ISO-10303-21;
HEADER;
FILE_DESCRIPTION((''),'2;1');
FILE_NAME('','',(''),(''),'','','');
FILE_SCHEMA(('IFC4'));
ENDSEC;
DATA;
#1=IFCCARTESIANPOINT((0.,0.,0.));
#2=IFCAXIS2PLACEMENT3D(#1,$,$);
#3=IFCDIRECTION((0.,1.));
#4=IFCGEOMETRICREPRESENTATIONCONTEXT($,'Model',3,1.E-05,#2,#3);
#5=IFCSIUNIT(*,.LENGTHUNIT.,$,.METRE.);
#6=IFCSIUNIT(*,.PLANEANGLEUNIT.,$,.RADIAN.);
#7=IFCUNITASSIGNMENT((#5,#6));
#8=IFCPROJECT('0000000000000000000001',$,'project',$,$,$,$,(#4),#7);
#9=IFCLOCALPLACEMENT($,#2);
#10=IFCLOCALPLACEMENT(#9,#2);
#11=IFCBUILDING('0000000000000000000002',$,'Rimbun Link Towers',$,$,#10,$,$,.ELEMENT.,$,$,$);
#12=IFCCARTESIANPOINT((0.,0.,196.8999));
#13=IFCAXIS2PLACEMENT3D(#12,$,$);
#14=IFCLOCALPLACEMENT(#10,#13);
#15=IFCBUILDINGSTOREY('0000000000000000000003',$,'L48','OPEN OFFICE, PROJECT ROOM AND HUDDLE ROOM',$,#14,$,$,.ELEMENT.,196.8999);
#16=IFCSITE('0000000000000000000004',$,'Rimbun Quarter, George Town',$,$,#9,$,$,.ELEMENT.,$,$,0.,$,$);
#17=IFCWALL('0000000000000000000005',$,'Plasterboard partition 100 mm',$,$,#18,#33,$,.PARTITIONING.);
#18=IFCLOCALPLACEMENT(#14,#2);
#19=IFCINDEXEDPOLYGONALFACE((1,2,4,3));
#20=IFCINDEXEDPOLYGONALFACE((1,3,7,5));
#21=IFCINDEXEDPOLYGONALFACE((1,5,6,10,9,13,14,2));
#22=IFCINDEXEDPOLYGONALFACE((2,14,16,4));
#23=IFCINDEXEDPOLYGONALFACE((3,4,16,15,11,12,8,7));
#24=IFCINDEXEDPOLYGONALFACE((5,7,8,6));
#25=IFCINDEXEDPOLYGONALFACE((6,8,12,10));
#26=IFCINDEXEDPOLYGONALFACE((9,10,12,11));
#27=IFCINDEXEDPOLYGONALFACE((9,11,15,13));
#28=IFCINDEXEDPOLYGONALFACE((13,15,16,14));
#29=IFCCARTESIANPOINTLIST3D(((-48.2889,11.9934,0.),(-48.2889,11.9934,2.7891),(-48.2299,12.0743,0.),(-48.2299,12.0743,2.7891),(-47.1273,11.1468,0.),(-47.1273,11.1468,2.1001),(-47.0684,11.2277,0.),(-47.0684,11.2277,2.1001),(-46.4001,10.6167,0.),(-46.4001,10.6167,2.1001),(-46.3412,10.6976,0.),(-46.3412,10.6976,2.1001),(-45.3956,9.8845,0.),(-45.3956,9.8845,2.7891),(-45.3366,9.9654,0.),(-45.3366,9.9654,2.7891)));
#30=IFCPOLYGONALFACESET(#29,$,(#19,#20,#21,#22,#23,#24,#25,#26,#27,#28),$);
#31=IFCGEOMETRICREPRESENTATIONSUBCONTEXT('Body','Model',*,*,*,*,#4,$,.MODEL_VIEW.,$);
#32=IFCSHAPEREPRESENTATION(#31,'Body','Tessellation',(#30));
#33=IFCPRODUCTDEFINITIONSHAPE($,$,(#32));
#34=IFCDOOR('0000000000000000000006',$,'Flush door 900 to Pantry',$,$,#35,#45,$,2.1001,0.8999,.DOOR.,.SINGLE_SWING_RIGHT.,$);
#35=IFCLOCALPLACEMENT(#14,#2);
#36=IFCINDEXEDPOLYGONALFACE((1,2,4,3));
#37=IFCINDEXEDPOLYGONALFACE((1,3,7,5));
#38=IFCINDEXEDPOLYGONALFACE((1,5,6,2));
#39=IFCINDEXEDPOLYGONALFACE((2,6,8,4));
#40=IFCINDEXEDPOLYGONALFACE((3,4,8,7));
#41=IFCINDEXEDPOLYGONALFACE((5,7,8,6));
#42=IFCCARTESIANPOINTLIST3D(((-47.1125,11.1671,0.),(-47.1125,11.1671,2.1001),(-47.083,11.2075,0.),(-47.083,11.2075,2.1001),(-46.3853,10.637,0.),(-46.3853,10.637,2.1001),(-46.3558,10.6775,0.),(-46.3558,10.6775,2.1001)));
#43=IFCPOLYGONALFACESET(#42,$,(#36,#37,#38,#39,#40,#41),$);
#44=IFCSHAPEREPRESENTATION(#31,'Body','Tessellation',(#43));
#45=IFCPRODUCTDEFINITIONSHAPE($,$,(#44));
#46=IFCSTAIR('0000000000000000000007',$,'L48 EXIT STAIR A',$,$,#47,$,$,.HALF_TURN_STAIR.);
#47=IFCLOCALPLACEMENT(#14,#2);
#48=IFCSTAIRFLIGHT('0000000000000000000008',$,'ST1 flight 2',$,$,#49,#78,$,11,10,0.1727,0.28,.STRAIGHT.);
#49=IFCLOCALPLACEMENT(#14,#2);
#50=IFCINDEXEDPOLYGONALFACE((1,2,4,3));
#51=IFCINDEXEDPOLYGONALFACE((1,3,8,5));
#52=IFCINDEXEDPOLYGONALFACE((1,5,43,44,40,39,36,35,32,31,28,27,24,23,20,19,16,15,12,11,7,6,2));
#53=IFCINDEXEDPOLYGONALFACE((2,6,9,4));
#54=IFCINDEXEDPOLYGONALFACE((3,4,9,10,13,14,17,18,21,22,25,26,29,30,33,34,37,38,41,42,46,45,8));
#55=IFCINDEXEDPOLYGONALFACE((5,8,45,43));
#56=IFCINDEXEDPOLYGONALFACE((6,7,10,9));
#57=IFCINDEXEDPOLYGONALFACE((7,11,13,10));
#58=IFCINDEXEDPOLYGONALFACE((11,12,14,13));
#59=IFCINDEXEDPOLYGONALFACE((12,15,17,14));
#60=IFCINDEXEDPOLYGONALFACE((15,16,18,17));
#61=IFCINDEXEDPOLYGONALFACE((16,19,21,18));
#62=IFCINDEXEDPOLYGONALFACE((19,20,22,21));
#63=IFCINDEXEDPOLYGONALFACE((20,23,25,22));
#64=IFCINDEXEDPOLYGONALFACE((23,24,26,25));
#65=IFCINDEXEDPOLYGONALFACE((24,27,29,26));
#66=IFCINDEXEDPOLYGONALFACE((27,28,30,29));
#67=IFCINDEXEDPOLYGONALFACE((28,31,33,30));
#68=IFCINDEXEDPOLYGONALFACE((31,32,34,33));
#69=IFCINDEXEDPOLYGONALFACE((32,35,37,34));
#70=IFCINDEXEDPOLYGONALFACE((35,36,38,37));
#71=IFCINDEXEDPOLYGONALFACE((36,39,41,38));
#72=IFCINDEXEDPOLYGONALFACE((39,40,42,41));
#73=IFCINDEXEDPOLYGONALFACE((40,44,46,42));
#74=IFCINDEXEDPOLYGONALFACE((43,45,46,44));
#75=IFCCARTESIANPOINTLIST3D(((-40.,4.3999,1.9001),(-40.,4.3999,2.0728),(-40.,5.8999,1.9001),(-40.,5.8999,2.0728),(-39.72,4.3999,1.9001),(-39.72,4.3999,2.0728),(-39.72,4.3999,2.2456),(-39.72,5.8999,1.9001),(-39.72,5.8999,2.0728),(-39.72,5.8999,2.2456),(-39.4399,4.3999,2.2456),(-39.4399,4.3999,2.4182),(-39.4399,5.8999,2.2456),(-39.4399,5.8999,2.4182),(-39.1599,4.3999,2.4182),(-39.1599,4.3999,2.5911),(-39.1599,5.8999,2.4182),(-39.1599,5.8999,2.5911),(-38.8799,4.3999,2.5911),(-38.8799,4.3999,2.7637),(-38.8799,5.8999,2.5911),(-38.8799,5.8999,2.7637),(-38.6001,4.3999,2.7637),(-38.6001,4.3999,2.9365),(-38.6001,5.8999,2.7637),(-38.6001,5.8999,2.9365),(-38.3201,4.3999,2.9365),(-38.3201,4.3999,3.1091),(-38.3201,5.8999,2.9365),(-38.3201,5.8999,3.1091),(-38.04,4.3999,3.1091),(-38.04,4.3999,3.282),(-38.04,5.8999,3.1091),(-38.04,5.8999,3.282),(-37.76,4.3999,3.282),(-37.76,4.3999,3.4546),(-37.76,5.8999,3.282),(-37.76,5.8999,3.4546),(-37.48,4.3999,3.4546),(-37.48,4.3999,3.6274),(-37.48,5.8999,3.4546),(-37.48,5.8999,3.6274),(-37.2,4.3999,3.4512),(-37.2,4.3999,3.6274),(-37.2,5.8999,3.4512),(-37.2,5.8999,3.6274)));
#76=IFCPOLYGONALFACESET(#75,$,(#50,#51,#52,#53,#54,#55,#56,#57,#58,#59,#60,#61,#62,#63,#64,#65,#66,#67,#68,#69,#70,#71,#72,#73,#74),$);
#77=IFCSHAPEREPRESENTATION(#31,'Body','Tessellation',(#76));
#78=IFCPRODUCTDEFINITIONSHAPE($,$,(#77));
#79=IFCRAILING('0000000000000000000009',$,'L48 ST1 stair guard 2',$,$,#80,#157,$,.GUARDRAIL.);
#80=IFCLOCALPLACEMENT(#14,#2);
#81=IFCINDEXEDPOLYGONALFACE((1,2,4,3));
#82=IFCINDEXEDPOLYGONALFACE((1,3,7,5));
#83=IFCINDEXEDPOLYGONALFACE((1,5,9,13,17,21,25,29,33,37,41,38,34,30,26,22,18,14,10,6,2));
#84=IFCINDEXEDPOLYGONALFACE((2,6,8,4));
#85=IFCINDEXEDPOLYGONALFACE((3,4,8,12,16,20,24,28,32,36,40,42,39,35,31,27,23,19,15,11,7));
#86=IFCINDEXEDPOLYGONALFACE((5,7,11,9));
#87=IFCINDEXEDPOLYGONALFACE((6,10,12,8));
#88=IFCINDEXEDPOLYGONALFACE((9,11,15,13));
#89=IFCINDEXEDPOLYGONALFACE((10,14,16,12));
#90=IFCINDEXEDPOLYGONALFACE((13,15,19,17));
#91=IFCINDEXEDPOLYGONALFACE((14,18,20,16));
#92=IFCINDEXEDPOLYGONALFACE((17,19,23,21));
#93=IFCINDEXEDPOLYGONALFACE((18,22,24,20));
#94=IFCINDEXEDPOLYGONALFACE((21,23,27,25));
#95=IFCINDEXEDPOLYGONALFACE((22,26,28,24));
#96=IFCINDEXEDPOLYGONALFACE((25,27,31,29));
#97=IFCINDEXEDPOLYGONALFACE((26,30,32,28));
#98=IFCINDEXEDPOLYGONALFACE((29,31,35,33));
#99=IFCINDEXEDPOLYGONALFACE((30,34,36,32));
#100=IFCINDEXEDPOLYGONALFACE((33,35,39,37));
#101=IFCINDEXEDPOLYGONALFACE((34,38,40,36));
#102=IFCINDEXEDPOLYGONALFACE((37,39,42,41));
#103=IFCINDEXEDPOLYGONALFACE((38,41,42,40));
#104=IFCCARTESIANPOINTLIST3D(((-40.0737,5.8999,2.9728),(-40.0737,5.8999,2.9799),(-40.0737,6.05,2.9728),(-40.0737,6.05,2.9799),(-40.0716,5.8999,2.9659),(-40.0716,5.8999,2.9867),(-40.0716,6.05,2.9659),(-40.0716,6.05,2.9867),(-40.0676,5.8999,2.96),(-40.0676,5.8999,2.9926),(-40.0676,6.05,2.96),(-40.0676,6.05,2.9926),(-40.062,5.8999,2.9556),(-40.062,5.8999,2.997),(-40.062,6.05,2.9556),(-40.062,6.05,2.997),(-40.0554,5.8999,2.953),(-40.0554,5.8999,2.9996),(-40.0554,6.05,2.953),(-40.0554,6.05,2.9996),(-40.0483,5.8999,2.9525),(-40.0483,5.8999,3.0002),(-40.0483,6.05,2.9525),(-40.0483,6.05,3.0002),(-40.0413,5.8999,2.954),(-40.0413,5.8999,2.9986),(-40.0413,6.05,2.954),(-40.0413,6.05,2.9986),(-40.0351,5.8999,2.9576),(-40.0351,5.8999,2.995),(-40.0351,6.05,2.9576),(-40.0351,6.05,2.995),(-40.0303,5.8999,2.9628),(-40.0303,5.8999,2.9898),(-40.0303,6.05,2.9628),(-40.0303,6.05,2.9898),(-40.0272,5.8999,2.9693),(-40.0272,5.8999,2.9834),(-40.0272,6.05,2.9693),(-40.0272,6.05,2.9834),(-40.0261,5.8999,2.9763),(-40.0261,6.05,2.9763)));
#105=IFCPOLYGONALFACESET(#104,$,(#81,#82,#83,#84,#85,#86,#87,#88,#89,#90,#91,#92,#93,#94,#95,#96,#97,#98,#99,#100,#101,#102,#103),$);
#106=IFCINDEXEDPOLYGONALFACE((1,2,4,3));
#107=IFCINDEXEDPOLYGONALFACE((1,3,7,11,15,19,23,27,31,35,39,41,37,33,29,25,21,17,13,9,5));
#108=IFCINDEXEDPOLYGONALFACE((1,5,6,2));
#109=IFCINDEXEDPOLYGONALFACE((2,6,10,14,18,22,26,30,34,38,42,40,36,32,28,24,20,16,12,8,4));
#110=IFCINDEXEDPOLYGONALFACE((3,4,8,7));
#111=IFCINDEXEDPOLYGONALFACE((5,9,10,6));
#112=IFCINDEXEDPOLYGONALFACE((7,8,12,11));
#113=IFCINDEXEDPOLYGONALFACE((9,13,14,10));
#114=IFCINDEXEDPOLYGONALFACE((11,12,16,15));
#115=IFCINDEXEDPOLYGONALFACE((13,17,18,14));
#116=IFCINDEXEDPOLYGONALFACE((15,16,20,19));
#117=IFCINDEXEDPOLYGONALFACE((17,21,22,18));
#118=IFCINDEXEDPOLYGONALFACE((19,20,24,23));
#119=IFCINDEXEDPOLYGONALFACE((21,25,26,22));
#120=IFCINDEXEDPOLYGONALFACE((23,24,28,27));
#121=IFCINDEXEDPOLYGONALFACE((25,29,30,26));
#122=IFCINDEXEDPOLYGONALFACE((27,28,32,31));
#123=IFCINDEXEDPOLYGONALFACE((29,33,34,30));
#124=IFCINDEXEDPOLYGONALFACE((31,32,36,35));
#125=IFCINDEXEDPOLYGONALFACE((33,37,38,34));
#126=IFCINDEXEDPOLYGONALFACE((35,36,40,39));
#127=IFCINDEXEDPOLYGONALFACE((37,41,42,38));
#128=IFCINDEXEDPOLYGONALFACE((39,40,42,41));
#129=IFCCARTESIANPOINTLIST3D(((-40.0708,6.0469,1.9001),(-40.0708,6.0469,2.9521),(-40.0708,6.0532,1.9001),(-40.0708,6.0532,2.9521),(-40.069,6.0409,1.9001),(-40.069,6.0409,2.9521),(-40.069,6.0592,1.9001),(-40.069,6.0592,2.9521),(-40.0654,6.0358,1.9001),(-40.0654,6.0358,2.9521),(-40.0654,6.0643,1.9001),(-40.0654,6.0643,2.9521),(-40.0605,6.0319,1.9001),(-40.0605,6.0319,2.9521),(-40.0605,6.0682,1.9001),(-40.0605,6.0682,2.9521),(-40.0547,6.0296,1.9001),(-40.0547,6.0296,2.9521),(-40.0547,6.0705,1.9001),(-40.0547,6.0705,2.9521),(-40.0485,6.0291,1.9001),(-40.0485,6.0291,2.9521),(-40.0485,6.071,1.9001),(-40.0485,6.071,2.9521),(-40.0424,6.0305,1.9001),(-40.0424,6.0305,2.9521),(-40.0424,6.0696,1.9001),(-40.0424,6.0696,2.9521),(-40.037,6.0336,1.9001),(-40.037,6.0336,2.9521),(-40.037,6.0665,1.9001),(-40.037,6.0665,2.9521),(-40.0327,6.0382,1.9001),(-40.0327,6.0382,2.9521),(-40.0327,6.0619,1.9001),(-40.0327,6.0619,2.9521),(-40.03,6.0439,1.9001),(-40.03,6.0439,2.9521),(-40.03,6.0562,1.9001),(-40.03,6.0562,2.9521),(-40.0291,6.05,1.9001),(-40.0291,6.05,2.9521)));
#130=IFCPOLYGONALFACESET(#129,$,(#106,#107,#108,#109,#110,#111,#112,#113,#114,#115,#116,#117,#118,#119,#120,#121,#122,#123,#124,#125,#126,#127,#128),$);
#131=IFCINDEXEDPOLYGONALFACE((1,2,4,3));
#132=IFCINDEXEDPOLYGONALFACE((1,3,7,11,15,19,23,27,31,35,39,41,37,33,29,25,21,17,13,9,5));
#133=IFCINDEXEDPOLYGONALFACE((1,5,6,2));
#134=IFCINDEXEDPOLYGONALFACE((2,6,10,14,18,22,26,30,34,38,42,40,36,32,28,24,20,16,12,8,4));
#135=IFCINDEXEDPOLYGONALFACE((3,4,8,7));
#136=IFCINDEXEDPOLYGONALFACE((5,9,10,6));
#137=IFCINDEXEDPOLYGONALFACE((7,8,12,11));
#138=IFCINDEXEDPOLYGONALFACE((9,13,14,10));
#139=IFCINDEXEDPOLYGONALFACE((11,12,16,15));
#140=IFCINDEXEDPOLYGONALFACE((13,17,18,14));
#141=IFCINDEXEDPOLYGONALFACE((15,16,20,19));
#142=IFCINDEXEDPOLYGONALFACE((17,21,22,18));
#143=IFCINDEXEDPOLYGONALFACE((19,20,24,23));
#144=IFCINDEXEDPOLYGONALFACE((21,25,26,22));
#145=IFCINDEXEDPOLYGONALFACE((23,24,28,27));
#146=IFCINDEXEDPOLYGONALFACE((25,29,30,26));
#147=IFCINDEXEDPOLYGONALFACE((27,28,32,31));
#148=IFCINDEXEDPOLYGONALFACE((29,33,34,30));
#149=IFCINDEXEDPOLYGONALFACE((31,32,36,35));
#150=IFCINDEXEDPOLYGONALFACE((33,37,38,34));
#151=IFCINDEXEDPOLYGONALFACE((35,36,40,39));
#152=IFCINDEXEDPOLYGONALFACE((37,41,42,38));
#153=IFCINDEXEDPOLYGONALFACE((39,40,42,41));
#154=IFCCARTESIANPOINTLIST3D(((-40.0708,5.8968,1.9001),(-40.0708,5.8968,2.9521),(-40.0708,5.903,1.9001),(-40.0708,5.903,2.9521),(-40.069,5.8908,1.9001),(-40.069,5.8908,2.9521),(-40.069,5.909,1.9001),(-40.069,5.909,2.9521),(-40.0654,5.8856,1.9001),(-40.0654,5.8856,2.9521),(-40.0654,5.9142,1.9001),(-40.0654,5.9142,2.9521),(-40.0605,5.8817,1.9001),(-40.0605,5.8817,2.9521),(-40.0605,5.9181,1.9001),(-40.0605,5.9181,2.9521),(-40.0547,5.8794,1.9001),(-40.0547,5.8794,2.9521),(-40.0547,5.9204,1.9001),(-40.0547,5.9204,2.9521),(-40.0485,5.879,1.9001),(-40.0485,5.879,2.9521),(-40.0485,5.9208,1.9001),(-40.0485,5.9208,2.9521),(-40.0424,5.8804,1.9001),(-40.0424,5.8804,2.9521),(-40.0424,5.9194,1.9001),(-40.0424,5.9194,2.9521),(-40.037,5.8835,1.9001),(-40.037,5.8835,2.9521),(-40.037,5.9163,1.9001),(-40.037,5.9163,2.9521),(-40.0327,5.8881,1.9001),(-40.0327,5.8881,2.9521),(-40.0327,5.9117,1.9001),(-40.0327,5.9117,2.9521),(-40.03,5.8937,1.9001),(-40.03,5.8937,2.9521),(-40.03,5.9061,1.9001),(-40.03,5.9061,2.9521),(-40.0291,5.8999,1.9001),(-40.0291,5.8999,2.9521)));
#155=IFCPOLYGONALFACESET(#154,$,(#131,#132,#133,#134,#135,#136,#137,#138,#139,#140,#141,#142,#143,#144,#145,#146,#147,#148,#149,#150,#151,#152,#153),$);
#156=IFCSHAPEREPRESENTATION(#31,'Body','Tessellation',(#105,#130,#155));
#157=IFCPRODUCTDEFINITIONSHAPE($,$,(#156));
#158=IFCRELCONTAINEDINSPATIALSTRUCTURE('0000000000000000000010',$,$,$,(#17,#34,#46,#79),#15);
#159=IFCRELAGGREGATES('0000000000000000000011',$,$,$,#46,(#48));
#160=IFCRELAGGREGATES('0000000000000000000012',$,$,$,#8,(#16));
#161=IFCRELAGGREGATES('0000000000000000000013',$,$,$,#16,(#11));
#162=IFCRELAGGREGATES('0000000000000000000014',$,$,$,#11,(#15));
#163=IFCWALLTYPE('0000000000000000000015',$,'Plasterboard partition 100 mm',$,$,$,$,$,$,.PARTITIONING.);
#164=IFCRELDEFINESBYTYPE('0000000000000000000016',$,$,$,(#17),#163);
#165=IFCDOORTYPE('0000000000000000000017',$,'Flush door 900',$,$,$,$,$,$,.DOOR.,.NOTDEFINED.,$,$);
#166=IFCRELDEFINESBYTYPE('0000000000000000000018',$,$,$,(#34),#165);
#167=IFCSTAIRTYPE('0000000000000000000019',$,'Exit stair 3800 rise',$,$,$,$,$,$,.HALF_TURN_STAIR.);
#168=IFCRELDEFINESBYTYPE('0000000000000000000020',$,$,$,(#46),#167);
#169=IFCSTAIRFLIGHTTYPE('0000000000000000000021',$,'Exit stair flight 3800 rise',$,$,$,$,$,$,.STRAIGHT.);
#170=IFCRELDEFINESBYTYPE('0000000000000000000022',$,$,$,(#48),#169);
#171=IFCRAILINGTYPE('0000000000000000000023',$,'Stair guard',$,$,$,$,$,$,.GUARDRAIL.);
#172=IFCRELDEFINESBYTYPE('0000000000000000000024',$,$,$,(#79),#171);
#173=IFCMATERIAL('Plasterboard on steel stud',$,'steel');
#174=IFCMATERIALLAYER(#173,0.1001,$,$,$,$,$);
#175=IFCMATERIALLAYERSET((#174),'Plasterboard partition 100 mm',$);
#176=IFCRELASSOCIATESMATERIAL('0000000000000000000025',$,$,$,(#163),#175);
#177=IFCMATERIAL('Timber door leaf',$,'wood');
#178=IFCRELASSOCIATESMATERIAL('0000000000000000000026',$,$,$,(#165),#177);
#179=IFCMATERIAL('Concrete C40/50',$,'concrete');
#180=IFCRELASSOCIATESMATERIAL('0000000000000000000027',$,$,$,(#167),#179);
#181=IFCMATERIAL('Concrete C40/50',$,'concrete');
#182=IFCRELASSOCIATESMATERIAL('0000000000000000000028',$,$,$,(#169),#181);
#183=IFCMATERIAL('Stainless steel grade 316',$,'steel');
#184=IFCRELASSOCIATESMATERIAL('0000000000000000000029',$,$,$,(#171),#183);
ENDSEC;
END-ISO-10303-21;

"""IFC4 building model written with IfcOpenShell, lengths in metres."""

from ifc_helpers import new_model, si_unit, direction, frame, frame_2d, origin, origin_2d, place, context, subcontext, project, spatial, polyline, rectangle, circle, outline, extrude, material, layer, layer_set, type_object, element, fill, aggregate, save


model = new_model("IFC4")

# Units and contexts
model_context = context("Model", 3, precision=1e-05, world=origin(), true_north=direction((0.0, 1.0)))
body_context = subcontext(model_context, "Body", "Model", "MODEL_VIEW")
ifc_project = project(units=[si_unit("LENGTHUNIT", "METRE"), si_unit("PLANEANGLEUNIT", "RADIAN")], contexts=[model_context])

# Site, building, storey
site_placement = place(None, origin())
site = spatial("IfcSite", under=ifc_project, at=site_placement, Name="Rimbun Quarter, George Town", CompositionType="ELEMENT", RefElevation=0.0)
building_placement = place(site_placement, origin())
building = spatial("IfcBuilding", under=site, at=building_placement, Name="Rimbun Link Towers", CompositionType="ELEMENT")
storey_placement = place(building_placement, frame((0.0, 0.0, 196.8999)))
storey = spatial("IfcBuildingStorey", under=building, at=storey_placement, Name="L48", Description="OPEN OFFICE, PROJECT ROOM AND HUDDLE ROOM", CompositionType="ELEMENT", Elevation=196.8999)

# Wall, opening, door
ifc_material_1 = material(Name="Plasterboard on steel stud", Category="steel")
ifc_layer_1 = layer(ifc_material_1, 0.1001)
ifc_layer_set_1 = layer_set([ifc_layer_1], Name="Plasterboard partition 100 mm")
wall_type_1 = type_object("IfcWallType", Name="Plasterboard partition 100 mm", PredefinedType="PARTITIONING", material=ifc_layer_set_1)
wall_1_placement = place(storey_placement, frame((-45.3662, 9.925, 0.0), z_axis=(0.0, 0.0, 1.0), x_axis=(-0.808116, 0.589023, 0.0)))
wall_1 = element("IfcWall", 1, at=wall_1_placement, inside=storey, type_object=wall_type_1, Name="Plasterboard partition 100 mm", PredefinedType="PARTITIONING", context=body_context, shape_type="SweptSolid", body=[
    extrude(rectangle(XDim=3.5803, YDim=0.1001, at=frame_2d((1.79, 0.0))), origin(), (0.0, 0.0, 1.0), 2.7891),
])
opening_1_placement = place(wall_1_placement, frame((1.2429, 0.0, 0.0)))
opening_1 = element("IfcOpeningElement", 2, at=opening_1_placement, cuts=wall_1, PredefinedType="OPENING", context=body_context, shape_type="SweptSolid", body=[
    extrude(rectangle(XDim=0.8999, YDim=2.1001, at=frame_2d((0.45, 1.05))), frame((0.0, 0.0601, 0.0), z_axis=(0.0, -1.0, 0.0), x_axis=(1.0, 0.0, 0.0)), (0.0, 0.0, 1.0), 0.1201),
])
ifc_material_2 = material(Name="Timber door leaf", Category="wood")
door_type_1 = type_object("IfcDoorType", Name="Flush door 900", OperationType="NOTDEFINED", PredefinedType="DOOR", material=ifc_material_2)
door_1_placement = place(opening_1_placement, origin())
door_1 = element("IfcDoor", 3, at=door_1_placement, inside=storey, type_object=door_type_1, Name="Flush door 900 to Pantry", OperationType="SINGLE_SWING_RIGHT", OverallHeight=2.1001, OverallWidth=0.8999, PredefinedType="DOOR", context=body_context, shape_type="SweptSolid", body=[
    extrude(rectangle(XDim=0.8999, YDim=2.1001, at=frame_2d((0.45, 1.05))), frame((0.0, 0.0249, 0.0), z_axis=(0.0, -1.0, 0.0), x_axis=(1.0, 0.0, 0.0)), (0.0, 0.0, 1.0), 0.05),
])
fill(opening_1, door_1)

# Stair, stair flight
ifc_material_3 = material(Name="Concrete C40/50", Category="concrete")
stair_type = type_object("IfcStairType", Name="Exit stair 3800 rise", PredefinedType="HALF_TURN_STAIR", material=ifc_material_3)
stair_placement = place(storey_placement, origin())
stair = element("IfcStair", 4, at=stair_placement, inside=storey, type_object=stair_type, Name="L48 EXIT STAIR A", PredefinedType="HALF_TURN_STAIR")
ifc_material_4 = material(Name="Concrete C40/50", Category="concrete")
stair_flight_type = type_object("IfcStairFlightType", Name="Exit stair flight 3800 rise", PredefinedType="STRAIGHT", material=ifc_material_4)
stair_flight_placement = place(storey_placement, frame((-40.0, 5.1499, 1.9001), z_axis=(0.0, 0.0, 1.0), x_axis=(1.0, 0.0, 0.0)))
stair_flight = element("IfcStairFlight", 5, at=stair_flight_placement, type_object=stair_flight_type, Name="ST1 flight 2", NumberOfRisers=11, NumberOfTreads=10, PredefinedType="STRAIGHT", RiserHeight=0.1727, TreadLength=0.28, context=body_context, shape_type="SweptSolid", body=[
    extrude(outline(polyline([(0.0, 0.0), (0.0, 0.1726), (0.28, 0.1726), (0.28, 0.3455), (0.5601, 0.3455), (0.5601, 0.5181), (0.8401, 0.5181), (0.8401, 0.6909), (1.1201, 0.6909), (1.1201, 0.8635), (1.3999, 0.8635), (1.3999, 1.0364), (1.6799, 1.0364), (1.6799, 1.209), (1.96, 1.209), (1.96, 1.3818), (2.24, 1.3818), (2.24, 1.5544), (2.52, 1.5544), (2.52, 1.7273), (2.8, 1.7273), (2.8, 1.8999), (2.8, 1.551), (0.28, 0.0), (0.0, 0.0)])), frame((0.0, 0.75, 0.0), z_axis=(0.0, -1.0, 0.0), x_axis=(1.0, 0.0, 0.0)), (0.0, 0.0, 1.0), 1.5),
])
aggregate(stair, [stair_flight])

# Railing
ifc_material_5 = material(Name="Stainless steel grade 316", Category="steel")
railing_type_1 = type_object("IfcRailingType", Name="Stair guard", PredefinedType="GUARDRAIL", material=ifc_material_5)
railing_1_placement = place(storey_placement, frame((-40.05, 6.05, 1.9001)))
element("IfcRailing", 6, at=railing_1_placement, inside=storey, type_object=railing_type_1, Name="L48 ST1 stair guard 2", PredefinedType="GUARDRAIL", context=body_context, shape_type="SweptSolid", body=[
    extrude(circle(Radius=0.0239, at=origin_2d()), frame((0.0, 0.0, 1.0762), z_axis=(0.0, -1.0, 0.0), x_axis=(1.0, 0.0, 0.0)), (0.0, 0.0, 1.0), 0.1501),
    extrude(circle(Radius=0.021, at=origin_2d()), origin(), (0.0, 0.0, 1.0), 1.052),
    extrude(circle(Radius=0.021, at=origin_2d()), frame((0.0, -0.1501, 0.0)), (0.0, 0.0, 1.0), 1.052),
])

save(model, "model.ifc")
